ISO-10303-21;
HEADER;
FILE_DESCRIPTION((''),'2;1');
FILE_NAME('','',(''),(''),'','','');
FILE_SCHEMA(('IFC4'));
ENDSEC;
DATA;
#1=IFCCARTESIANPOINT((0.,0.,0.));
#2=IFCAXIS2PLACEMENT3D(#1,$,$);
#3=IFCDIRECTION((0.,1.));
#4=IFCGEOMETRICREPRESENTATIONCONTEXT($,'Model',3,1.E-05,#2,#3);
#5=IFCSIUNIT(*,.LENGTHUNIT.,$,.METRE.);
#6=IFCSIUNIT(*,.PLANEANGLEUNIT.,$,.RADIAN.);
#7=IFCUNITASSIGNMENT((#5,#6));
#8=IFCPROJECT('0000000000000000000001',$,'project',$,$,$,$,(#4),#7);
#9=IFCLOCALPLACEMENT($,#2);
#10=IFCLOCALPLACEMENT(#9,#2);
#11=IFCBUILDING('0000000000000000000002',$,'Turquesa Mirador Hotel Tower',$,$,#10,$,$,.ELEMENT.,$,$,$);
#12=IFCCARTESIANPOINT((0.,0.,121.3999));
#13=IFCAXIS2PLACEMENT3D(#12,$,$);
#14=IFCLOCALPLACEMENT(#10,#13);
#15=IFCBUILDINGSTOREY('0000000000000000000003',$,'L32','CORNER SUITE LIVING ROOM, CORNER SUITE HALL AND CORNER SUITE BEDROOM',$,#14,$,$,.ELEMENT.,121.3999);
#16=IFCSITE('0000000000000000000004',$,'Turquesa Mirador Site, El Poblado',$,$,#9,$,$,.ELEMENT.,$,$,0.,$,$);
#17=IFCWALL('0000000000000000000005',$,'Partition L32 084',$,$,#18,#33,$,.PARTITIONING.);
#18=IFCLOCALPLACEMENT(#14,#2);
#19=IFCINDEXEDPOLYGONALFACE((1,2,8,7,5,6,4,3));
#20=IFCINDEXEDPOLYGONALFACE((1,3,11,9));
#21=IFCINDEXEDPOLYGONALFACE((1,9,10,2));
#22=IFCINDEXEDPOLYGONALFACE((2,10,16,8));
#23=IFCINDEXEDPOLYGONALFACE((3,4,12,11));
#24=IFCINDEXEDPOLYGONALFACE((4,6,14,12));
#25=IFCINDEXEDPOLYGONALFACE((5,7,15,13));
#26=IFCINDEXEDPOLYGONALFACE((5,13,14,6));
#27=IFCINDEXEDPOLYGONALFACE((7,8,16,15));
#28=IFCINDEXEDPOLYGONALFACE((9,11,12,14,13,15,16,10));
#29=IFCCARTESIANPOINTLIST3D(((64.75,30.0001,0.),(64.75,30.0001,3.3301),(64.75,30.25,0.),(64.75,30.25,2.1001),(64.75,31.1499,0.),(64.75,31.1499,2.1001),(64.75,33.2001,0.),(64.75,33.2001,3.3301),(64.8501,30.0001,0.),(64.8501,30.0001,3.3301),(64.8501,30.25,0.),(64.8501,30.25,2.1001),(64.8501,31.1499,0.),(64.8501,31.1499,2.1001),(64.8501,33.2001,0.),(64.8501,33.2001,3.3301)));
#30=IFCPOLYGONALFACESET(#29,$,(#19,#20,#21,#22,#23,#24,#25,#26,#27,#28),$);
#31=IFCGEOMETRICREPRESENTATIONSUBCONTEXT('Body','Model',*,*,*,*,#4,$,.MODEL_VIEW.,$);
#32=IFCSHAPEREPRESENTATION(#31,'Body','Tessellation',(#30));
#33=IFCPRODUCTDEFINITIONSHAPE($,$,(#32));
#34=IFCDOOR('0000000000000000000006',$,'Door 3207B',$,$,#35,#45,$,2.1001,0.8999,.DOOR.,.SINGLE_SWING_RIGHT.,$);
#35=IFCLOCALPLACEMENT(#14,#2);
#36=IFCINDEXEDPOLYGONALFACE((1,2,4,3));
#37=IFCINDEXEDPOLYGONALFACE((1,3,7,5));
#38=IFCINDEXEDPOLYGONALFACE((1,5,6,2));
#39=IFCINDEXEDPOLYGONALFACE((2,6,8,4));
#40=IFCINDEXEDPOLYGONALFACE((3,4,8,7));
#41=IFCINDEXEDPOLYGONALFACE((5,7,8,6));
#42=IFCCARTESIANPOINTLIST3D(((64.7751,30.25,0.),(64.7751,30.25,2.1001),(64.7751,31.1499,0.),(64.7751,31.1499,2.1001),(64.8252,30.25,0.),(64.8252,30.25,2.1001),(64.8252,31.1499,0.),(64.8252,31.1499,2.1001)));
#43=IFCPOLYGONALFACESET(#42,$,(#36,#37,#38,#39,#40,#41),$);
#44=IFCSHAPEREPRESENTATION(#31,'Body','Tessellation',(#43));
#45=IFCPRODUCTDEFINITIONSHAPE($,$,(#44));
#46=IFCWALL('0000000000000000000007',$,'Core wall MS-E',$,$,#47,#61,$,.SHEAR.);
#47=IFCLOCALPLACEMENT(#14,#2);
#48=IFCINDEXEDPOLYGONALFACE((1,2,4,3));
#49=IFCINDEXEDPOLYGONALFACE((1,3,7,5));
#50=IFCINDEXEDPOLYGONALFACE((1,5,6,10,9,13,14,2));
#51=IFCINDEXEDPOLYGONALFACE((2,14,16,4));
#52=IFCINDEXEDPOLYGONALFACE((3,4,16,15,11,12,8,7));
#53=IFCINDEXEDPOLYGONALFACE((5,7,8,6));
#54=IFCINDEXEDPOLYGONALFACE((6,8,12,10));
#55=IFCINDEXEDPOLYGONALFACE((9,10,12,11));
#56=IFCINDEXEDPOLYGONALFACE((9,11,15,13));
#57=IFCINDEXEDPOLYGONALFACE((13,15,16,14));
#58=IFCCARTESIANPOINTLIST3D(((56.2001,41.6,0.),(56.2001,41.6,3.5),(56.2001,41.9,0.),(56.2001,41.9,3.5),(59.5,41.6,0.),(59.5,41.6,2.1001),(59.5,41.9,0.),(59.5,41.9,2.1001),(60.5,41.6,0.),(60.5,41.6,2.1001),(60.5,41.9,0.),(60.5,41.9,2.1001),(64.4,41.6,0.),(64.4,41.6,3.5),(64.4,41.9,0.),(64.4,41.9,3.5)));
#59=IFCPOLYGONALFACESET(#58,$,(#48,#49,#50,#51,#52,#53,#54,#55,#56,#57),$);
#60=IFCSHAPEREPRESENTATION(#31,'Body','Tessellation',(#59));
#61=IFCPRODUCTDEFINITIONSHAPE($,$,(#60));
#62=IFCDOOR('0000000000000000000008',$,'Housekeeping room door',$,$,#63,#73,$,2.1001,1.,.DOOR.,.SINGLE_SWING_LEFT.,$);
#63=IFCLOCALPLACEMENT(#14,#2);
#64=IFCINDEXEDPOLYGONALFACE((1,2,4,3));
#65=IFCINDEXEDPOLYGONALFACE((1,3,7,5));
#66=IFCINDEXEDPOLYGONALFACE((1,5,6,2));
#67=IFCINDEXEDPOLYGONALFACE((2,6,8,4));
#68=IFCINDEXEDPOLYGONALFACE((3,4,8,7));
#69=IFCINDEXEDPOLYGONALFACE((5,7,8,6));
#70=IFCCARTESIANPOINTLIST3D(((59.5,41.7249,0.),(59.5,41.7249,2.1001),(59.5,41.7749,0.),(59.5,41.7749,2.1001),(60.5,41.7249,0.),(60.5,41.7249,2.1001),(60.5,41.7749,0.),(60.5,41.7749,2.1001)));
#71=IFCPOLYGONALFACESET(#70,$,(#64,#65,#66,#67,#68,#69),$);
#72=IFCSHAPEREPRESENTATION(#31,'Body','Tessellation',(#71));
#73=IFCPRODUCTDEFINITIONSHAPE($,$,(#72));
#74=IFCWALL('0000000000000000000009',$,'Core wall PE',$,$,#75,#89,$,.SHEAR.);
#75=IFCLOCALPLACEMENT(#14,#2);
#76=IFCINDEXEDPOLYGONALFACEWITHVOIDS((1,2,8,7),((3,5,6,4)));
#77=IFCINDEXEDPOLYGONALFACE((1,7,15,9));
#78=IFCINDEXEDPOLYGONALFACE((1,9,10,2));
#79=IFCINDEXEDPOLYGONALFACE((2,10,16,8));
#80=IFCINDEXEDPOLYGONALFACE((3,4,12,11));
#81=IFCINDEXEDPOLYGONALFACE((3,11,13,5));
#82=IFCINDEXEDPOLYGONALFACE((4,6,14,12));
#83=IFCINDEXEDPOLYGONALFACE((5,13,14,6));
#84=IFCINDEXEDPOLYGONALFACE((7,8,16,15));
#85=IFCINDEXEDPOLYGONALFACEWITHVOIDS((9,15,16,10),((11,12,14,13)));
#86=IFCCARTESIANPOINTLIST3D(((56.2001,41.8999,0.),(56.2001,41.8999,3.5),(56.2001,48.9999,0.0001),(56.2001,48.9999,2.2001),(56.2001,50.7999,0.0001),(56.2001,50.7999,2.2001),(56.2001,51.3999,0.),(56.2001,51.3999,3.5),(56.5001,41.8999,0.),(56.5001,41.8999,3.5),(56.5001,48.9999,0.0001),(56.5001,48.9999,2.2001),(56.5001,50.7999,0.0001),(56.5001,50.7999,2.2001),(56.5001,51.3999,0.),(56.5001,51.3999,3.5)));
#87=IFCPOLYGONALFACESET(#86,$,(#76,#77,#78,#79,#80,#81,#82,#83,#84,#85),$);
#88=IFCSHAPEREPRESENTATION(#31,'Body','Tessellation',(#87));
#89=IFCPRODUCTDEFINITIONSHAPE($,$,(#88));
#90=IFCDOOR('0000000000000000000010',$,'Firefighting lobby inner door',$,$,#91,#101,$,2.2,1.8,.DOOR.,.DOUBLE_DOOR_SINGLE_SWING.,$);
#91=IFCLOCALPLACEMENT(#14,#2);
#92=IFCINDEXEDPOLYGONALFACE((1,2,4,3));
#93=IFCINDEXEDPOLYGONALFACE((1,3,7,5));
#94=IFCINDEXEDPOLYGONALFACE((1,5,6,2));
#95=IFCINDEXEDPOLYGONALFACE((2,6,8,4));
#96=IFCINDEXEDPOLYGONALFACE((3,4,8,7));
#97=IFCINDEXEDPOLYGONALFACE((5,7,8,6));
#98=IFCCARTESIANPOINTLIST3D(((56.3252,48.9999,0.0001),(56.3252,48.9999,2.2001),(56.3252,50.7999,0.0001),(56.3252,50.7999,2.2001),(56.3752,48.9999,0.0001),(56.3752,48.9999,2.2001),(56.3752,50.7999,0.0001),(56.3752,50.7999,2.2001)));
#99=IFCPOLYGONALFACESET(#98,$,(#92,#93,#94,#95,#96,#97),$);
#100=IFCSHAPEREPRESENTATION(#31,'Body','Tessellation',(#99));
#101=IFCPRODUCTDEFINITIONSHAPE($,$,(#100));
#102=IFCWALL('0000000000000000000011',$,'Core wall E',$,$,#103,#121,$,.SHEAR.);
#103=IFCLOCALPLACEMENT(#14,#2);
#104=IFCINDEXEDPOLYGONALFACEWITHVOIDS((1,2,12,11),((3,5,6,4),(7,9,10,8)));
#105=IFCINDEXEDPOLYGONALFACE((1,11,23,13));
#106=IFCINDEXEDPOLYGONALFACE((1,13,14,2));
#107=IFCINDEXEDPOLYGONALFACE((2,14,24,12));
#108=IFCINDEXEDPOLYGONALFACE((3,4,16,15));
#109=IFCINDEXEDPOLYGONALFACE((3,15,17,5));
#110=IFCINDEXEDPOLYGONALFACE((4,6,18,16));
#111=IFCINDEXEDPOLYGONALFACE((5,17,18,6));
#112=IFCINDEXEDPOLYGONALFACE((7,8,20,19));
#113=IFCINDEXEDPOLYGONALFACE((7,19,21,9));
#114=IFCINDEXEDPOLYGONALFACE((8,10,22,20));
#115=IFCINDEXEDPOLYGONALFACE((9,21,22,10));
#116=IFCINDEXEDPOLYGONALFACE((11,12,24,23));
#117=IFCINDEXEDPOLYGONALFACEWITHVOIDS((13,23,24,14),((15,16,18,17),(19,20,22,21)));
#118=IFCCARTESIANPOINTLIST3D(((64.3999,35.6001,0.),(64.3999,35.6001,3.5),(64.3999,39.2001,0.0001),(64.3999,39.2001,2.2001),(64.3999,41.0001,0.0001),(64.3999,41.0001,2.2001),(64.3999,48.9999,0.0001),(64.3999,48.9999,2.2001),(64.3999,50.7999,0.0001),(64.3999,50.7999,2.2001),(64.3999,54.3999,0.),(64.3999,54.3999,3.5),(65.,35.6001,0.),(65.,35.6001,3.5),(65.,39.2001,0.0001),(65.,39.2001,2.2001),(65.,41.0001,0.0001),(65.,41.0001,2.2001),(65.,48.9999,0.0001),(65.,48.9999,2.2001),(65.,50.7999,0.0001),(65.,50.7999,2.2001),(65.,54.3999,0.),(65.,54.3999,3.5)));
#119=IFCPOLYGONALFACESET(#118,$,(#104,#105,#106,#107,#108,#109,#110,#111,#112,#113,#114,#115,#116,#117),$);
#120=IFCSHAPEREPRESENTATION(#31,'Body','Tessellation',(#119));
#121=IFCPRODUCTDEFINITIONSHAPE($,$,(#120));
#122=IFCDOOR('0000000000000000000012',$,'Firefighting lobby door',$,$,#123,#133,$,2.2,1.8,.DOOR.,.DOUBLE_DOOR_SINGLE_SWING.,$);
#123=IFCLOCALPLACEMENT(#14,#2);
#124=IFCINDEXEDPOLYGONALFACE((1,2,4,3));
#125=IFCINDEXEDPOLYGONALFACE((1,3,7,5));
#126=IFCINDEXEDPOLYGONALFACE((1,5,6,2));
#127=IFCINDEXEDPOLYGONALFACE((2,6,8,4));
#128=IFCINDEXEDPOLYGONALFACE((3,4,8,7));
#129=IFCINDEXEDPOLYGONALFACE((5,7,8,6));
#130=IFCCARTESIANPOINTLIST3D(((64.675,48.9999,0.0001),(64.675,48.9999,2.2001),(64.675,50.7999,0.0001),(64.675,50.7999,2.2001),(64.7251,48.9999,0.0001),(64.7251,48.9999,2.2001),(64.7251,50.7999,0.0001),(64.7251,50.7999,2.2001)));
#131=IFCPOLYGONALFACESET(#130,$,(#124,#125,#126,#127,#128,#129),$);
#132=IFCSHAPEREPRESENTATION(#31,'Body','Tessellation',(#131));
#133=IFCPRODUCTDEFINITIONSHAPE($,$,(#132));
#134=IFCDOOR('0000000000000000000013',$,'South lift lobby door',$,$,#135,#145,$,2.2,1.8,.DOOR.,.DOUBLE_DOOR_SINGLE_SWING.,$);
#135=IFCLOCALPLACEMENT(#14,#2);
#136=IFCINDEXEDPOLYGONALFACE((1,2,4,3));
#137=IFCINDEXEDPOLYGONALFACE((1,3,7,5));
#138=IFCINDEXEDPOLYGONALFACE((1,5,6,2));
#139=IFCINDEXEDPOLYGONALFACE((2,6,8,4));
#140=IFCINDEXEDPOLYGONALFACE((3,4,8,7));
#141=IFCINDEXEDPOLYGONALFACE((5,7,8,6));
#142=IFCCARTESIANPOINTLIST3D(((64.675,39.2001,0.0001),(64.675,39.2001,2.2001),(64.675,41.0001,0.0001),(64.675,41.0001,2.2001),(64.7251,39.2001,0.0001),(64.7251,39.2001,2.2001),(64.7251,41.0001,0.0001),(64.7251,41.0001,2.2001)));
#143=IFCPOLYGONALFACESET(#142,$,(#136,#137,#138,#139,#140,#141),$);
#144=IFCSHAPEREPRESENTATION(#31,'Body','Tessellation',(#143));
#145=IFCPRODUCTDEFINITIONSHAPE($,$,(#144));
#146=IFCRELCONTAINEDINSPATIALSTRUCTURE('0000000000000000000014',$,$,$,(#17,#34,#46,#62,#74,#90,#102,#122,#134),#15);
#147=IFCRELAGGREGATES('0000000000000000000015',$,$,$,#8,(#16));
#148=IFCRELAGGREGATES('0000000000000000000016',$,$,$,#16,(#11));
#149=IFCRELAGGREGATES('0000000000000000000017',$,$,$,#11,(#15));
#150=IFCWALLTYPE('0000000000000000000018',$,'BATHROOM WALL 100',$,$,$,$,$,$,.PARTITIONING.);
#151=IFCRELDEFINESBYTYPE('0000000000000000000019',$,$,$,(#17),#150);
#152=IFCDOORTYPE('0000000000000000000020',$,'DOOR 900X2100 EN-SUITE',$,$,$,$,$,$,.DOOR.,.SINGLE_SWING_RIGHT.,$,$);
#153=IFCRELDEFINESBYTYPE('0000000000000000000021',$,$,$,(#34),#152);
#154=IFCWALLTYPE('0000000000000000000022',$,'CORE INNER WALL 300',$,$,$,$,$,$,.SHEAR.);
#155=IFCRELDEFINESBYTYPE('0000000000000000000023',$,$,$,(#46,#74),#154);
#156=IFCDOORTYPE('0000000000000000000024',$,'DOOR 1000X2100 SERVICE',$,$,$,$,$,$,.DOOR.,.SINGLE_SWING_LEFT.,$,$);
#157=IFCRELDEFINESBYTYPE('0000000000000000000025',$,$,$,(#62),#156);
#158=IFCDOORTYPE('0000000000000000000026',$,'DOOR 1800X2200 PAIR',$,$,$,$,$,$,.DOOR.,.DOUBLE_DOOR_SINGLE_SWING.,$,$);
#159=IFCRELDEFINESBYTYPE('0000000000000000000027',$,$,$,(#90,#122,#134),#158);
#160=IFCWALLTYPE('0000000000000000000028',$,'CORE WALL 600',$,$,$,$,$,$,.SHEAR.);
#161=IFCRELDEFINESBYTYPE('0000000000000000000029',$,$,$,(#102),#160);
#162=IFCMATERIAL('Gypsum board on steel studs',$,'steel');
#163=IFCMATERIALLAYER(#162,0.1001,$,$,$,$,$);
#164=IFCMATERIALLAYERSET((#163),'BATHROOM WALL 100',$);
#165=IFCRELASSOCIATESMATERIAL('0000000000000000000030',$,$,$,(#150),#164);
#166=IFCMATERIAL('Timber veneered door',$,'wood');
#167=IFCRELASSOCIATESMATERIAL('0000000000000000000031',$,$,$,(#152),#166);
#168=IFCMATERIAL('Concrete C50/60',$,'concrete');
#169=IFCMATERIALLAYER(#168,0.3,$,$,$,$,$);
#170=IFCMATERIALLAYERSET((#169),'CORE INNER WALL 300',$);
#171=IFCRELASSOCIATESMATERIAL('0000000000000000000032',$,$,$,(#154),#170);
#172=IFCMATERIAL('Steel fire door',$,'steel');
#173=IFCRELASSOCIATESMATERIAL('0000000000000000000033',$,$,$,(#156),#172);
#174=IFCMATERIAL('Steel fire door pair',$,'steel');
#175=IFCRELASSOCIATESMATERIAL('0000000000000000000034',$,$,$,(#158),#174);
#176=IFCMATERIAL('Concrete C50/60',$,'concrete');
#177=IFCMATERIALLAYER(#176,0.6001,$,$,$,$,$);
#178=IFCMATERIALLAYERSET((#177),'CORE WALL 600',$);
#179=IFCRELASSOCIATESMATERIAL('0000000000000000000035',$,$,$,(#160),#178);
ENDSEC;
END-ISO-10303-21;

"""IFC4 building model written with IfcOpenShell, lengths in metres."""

from ifc_helpers import new_model, si_unit, direction, frame, frame_2d, origin, place, context, subcontext, project, spatial, rectangle, extrude, material, layer, layer_set, type_object, element, fill, save


model = new_model("IFC4")

# Units and contexts
model_context = context("Model", 3, precision=1e-05, world=origin(), true_north=direction((0.0, 1.0)))
body_context = subcontext(model_context, "Body", "Model", "MODEL_VIEW")
ifc_project = project(units=[si_unit("LENGTHUNIT", "METRE"), si_unit("PLANEANGLEUNIT", "RADIAN")], contexts=[model_context])

# Site, building, storey
site_placement = place(None, origin())
site = spatial("IfcSite", under=ifc_project, at=site_placement, Name="Turquesa Mirador Site, El Poblado", CompositionType="ELEMENT", RefElevation=0.0)
building_placement = place(site_placement, origin())
building = spatial("IfcBuilding", under=site, at=building_placement, Name="Turquesa Mirador Hotel Tower", CompositionType="ELEMENT")
storey_placement = place(building_placement, frame((0.0, 0.0, 121.3999)))
storey = spatial("IfcBuildingStorey", under=building, at=storey_placement, Name="L32", Description="CORNER SUITE LIVING ROOM, CORNER SUITE HALL AND CORNER SUITE BEDROOM", CompositionType="ELEMENT", Elevation=121.3999)

# Shared definitions
ifc_material_1 = material(Name="Gypsum board on steel studs", Category="steel")
ifc_layer_1 = layer(ifc_material_1, 0.1001)
ifc_layer_set_1 = layer_set([ifc_layer_1], Name="BATHROOM WALL 100")
wall_type_1 = type_object("IfcWallType", Name="BATHROOM WALL 100", PredefinedType="PARTITIONING", material=ifc_layer_set_1)

# Shared definitions
ifc_material_2 = material(Name="Timber veneered door", Category="wood")
door_type_1 = type_object("IfcDoorType", Name="DOOR 900X2100 EN-SUITE", OperationType="SINGLE_SWING_RIGHT", PredefinedType="DOOR", material=ifc_material_2)

# Walls, openings, doors
wall_1_placement = place(storey_placement, frame((64.8, 30.0, 0.0), z_axis=(0.0, 0.0, 1.0), x_axis=(0.0, 1.0, 0.0)))
wall_1 = element("IfcWall", 1, at=wall_1_placement, inside=storey, type_object=wall_type_1, Name="Partition L32 084", PredefinedType="PARTITIONING", context=body_context, shape_type="SweptSolid", body=[
    extrude(rectangle(XDim=3.2, YDim=0.1001, at=frame_2d((1.6001, 0.0))), origin(), (0.0, 0.0, 1.0), 3.3301),
])
opening_1_placement = place(wall_1_placement, frame((0.25, 0.0, 0.0)))
opening_1 = element("IfcOpeningElement", 2, at=opening_1_placement, cuts=wall_1, PredefinedType="OPENING", context=body_context, shape_type="SweptSolid", body=[
    extrude(rectangle(XDim=0.8999, YDim=2.1001, at=frame_2d((0.45, 1.05))), frame((0.0, 0.0601, 0.0), z_axis=(0.0, -1.0, 0.0), x_axis=(1.0, 0.0, 0.0)), (0.0, 0.0, 1.0), 0.1201),
])
door_1_placement = place(opening_1_placement, origin())
door_1 = element("IfcDoor", 3, at=door_1_placement, inside=storey, type_object=door_type_1, Name="Door 3207B", OperationType="SINGLE_SWING_RIGHT", OverallHeight=2.1001, OverallWidth=0.8999, PredefinedType="DOOR", context=body_context, shape_type="SweptSolid", body=[
    extrude(rectangle(XDim=0.8999, YDim=2.1001, at=frame_2d((0.45, 1.05))), frame((0.0, 0.0249, 0.0), z_axis=(0.0, -1.0, 0.0), x_axis=(1.0, 0.0, 0.0)), (0.0, 0.0, 1.0), 0.05),
])
fill(opening_1, door_1)
ifc_material_3 = material(Name="Concrete C50/60", Category="concrete")
ifc_layer_2 = layer(ifc_material_3, 0.3)
ifc_layer_set_2 = layer_set([ifc_layer_2], Name="CORE INNER WALL 300")
wall_type_2 = type_object("IfcWallType", Name="CORE INNER WALL 300", PredefinedType="SHEAR", material=ifc_layer_set_2)
wall_2_placement = place(storey_placement, frame((56.2, 41.75, 0.0), z_axis=(0.0, 0.0, 1.0), x_axis=(1.0, 0.0, 0.0)))
wall_2 = element("IfcWall", 4, at=wall_2_placement, inside=storey, type_object=wall_type_2, Name="Core wall MS-E", PredefinedType="SHEAR", context=body_context, shape_type="SweptSolid", body=[
    extrude(rectangle(XDim=8.2, YDim=0.3, at=frame_2d((4.1001, 0.0))), origin(), (0.0, 0.0, 1.0), 3.5),
])
opening_2_placement = place(wall_2_placement, frame((3.3, 0.0, 0.0)))
opening_2 = element("IfcOpeningElement", 5, at=opening_2_placement, cuts=wall_2, PredefinedType="OPENING", context=body_context, shape_type="SweptSolid", body=[
    extrude(rectangle(XDim=1.0, YDim=2.1001, at=frame_2d((0.5, 1.05))), frame((0.0, 0.1599, 0.0), z_axis=(0.0, -1.0, 0.0), x_axis=(1.0, 0.0, 0.0)), (0.0, 0.0, 1.0), 0.3201),
])
ifc_material_4 = material(Name="Steel fire door", Category="steel")
door_type_2 = type_object("IfcDoorType", Name="DOOR 1000X2100 SERVICE", OperationType="SINGLE_SWING_LEFT", PredefinedType="DOOR", material=ifc_material_4)
door_2_placement = place(opening_2_placement, origin())
door_2 = element("IfcDoor", 6, at=door_2_placement, inside=storey, type_object=door_type_2, Name="Housekeeping room door", OperationType="SINGLE_SWING_LEFT", OverallHeight=2.1001, OverallWidth=1.0, PredefinedType="DOOR", context=body_context, shape_type="SweptSolid", body=[
    extrude(rectangle(XDim=1.0, YDim=2.1001, at=frame_2d((0.5, 1.05))), frame((0.0, 0.0249, 0.0), z_axis=(0.0, -1.0, 0.0), x_axis=(1.0, 0.0, 0.0)), (0.0, 0.0, 1.0), 0.05),
])
fill(opening_2, door_2)
wall_3_placement = place(storey_placement, frame((56.3501, 41.8999, 0.0), z_axis=(0.0, 0.0, 1.0), x_axis=(0.0, 1.0, 0.0)))
wall_3 = element("IfcWall", 7, at=wall_3_placement, inside=storey, type_object=wall_type_2, Name="Core wall PE", PredefinedType="SHEAR", context=body_context, shape_type="SweptSolid", body=[
    extrude(rectangle(XDim=9.5, YDim=0.3, at=frame_2d((4.75, 0.0))), origin(), (0.0, 0.0, 1.0), 3.5),
])
opening_3_placement = place(wall_3_placement, frame((7.1001, 0.0, 0.0)))
opening_3 = element("IfcOpeningElement", 8, at=opening_3_placement, cuts=wall_3, PredefinedType="OPENING", context=body_context, shape_type="SweptSolid", body=[
    extrude(rectangle(XDim=1.8, YDim=2.2, at=frame_2d((0.8999, 1.1001))), frame((0.0, 0.1599, 0.0), z_axis=(0.0, -1.0, 0.0), x_axis=(1.0, 0.0, 0.0)), (0.0, 0.0, 1.0), 0.3201),
])
ifc_material_5 = material(Name="Steel fire door pair", Category="steel")
door_type_3 = type_object("IfcDoorType", Name="DOOR 1800X2200 PAIR", OperationType="DOUBLE_DOOR_SINGLE_SWING", PredefinedType="DOOR", material=ifc_material_5)
door_3_placement = place(opening_3_placement, origin())
door_3 = element("IfcDoor", 9, at=door_3_placement, inside=storey, type_object=door_type_3, Name="Firefighting lobby inner door", OperationType="DOUBLE_DOOR_SINGLE_SWING", OverallHeight=2.2, OverallWidth=1.8, PredefinedType="DOOR", context=body_context, shape_type="SweptSolid", body=[
    extrude(rectangle(XDim=1.8, YDim=2.2, at=frame_2d((0.8999, 1.1001))), frame((0.0, 0.0249, 0.0), z_axis=(0.0, -1.0, 0.0), x_axis=(1.0, 0.0, 0.0)), (0.0, 0.0, 1.0), 0.05),
])
fill(opening_3, door_3)

# Wall, openings, doors
ifc_material_6 = material(Name="Concrete C50/60", Category="concrete")
ifc_layer_3 = layer(ifc_material_6, 0.6001)
ifc_layer_set_3 = layer_set([ifc_layer_3], Name="CORE WALL 600")
wall_type_3 = type_object("IfcWallType", Name="CORE WALL 600", PredefinedType="SHEAR", material=ifc_layer_set_3)
wall_4_placement = place(storey_placement, frame((64.7, 35.6001, 0.0), z_axis=(0.0, 0.0, 1.0), x_axis=(0.0, 1.0, 0.0)))
wall_4 = element("IfcWall", 10, at=wall_4_placement, inside=storey, type_object=wall_type_3, Name="Core wall E", PredefinedType="SHEAR", context=body_context, shape_type="SweptSolid", body=[
    extrude(rectangle(XDim=18.7998, YDim=0.6001, at=frame_2d((9.3999, 0.0))), origin(), (0.0, 0.0, 1.0), 3.5),
])
opening_4_placement = place(wall_4_placement, frame((13.3999, 0.0, 0.0)))
opening_4 = element("IfcOpeningElement", 11, at=opening_4_placement, cuts=wall_4, PredefinedType="OPENING", context=body_context, shape_type="SweptSolid", body=[
    extrude(rectangle(XDim=1.8, YDim=2.2, at=frame_2d((0.8999, 1.1001))), frame((0.0, 0.3101, 0.0), z_axis=(0.0, -1.0, 0.0), x_axis=(1.0, 0.0, 0.0)), (0.0, 0.0, 1.0), 0.6201),
])
opening_5_placement = place(wall_4_placement, frame((3.6001, 0.0, 0.0)))
opening_5 = element("IfcOpeningElement", 12, at=opening_5_placement, cuts=wall_4, PredefinedType="OPENING", context=body_context, shape_type="SweptSolid", body=[
    extrude(rectangle(XDim=1.8, YDim=2.2, at=frame_2d((0.8999, 1.1001))), frame((0.0, 0.3101, 0.0), z_axis=(0.0, -1.0, 0.0), x_axis=(1.0, 0.0, 0.0)), (0.0, 0.0, 1.0), 0.6201),
])
door_4_placement = place(opening_4_placement, origin())
door_4 = element("IfcDoor", 13, at=door_4_placement, inside=storey, type_object=door_type_3, Name="Firefighting lobby door", OperationType="DOUBLE_DOOR_SINGLE_SWING", OverallHeight=2.2, OverallWidth=1.8, PredefinedType="DOOR", context=body_context, shape_type="SweptSolid", body=[
    extrude(rectangle(XDim=1.8, YDim=2.2, at=frame_2d((0.8999, 1.1001))), frame((0.0, 0.0249, 0.0), z_axis=(0.0, -1.0, 0.0), x_axis=(1.0, 0.0, 0.0)), (0.0, 0.0, 1.0), 0.05),
])
fill(opening_4, door_4)
door_5_placement = place(opening_5_placement, origin())
door_5 = element("IfcDoor", 14, at=door_5_placement, inside=storey, type_object=door_type_3, Name="South lift lobby door", OperationType="DOUBLE_DOOR_SINGLE_SWING", OverallHeight=2.2, OverallWidth=1.8, PredefinedType="DOOR", context=body_context, shape_type="SweptSolid", body=[
    extrude(rectangle(XDim=1.8, YDim=2.2, at=frame_2d((0.8999, 1.1001))), frame((0.0, 0.0249, 0.0), z_axis=(0.0, -1.0, 0.0), x_axis=(1.0, 0.0, 0.0)), (0.0, 0.0, 1.0), 0.05),
])
fill(opening_5, door_5)

save(model, "model.ifc")
